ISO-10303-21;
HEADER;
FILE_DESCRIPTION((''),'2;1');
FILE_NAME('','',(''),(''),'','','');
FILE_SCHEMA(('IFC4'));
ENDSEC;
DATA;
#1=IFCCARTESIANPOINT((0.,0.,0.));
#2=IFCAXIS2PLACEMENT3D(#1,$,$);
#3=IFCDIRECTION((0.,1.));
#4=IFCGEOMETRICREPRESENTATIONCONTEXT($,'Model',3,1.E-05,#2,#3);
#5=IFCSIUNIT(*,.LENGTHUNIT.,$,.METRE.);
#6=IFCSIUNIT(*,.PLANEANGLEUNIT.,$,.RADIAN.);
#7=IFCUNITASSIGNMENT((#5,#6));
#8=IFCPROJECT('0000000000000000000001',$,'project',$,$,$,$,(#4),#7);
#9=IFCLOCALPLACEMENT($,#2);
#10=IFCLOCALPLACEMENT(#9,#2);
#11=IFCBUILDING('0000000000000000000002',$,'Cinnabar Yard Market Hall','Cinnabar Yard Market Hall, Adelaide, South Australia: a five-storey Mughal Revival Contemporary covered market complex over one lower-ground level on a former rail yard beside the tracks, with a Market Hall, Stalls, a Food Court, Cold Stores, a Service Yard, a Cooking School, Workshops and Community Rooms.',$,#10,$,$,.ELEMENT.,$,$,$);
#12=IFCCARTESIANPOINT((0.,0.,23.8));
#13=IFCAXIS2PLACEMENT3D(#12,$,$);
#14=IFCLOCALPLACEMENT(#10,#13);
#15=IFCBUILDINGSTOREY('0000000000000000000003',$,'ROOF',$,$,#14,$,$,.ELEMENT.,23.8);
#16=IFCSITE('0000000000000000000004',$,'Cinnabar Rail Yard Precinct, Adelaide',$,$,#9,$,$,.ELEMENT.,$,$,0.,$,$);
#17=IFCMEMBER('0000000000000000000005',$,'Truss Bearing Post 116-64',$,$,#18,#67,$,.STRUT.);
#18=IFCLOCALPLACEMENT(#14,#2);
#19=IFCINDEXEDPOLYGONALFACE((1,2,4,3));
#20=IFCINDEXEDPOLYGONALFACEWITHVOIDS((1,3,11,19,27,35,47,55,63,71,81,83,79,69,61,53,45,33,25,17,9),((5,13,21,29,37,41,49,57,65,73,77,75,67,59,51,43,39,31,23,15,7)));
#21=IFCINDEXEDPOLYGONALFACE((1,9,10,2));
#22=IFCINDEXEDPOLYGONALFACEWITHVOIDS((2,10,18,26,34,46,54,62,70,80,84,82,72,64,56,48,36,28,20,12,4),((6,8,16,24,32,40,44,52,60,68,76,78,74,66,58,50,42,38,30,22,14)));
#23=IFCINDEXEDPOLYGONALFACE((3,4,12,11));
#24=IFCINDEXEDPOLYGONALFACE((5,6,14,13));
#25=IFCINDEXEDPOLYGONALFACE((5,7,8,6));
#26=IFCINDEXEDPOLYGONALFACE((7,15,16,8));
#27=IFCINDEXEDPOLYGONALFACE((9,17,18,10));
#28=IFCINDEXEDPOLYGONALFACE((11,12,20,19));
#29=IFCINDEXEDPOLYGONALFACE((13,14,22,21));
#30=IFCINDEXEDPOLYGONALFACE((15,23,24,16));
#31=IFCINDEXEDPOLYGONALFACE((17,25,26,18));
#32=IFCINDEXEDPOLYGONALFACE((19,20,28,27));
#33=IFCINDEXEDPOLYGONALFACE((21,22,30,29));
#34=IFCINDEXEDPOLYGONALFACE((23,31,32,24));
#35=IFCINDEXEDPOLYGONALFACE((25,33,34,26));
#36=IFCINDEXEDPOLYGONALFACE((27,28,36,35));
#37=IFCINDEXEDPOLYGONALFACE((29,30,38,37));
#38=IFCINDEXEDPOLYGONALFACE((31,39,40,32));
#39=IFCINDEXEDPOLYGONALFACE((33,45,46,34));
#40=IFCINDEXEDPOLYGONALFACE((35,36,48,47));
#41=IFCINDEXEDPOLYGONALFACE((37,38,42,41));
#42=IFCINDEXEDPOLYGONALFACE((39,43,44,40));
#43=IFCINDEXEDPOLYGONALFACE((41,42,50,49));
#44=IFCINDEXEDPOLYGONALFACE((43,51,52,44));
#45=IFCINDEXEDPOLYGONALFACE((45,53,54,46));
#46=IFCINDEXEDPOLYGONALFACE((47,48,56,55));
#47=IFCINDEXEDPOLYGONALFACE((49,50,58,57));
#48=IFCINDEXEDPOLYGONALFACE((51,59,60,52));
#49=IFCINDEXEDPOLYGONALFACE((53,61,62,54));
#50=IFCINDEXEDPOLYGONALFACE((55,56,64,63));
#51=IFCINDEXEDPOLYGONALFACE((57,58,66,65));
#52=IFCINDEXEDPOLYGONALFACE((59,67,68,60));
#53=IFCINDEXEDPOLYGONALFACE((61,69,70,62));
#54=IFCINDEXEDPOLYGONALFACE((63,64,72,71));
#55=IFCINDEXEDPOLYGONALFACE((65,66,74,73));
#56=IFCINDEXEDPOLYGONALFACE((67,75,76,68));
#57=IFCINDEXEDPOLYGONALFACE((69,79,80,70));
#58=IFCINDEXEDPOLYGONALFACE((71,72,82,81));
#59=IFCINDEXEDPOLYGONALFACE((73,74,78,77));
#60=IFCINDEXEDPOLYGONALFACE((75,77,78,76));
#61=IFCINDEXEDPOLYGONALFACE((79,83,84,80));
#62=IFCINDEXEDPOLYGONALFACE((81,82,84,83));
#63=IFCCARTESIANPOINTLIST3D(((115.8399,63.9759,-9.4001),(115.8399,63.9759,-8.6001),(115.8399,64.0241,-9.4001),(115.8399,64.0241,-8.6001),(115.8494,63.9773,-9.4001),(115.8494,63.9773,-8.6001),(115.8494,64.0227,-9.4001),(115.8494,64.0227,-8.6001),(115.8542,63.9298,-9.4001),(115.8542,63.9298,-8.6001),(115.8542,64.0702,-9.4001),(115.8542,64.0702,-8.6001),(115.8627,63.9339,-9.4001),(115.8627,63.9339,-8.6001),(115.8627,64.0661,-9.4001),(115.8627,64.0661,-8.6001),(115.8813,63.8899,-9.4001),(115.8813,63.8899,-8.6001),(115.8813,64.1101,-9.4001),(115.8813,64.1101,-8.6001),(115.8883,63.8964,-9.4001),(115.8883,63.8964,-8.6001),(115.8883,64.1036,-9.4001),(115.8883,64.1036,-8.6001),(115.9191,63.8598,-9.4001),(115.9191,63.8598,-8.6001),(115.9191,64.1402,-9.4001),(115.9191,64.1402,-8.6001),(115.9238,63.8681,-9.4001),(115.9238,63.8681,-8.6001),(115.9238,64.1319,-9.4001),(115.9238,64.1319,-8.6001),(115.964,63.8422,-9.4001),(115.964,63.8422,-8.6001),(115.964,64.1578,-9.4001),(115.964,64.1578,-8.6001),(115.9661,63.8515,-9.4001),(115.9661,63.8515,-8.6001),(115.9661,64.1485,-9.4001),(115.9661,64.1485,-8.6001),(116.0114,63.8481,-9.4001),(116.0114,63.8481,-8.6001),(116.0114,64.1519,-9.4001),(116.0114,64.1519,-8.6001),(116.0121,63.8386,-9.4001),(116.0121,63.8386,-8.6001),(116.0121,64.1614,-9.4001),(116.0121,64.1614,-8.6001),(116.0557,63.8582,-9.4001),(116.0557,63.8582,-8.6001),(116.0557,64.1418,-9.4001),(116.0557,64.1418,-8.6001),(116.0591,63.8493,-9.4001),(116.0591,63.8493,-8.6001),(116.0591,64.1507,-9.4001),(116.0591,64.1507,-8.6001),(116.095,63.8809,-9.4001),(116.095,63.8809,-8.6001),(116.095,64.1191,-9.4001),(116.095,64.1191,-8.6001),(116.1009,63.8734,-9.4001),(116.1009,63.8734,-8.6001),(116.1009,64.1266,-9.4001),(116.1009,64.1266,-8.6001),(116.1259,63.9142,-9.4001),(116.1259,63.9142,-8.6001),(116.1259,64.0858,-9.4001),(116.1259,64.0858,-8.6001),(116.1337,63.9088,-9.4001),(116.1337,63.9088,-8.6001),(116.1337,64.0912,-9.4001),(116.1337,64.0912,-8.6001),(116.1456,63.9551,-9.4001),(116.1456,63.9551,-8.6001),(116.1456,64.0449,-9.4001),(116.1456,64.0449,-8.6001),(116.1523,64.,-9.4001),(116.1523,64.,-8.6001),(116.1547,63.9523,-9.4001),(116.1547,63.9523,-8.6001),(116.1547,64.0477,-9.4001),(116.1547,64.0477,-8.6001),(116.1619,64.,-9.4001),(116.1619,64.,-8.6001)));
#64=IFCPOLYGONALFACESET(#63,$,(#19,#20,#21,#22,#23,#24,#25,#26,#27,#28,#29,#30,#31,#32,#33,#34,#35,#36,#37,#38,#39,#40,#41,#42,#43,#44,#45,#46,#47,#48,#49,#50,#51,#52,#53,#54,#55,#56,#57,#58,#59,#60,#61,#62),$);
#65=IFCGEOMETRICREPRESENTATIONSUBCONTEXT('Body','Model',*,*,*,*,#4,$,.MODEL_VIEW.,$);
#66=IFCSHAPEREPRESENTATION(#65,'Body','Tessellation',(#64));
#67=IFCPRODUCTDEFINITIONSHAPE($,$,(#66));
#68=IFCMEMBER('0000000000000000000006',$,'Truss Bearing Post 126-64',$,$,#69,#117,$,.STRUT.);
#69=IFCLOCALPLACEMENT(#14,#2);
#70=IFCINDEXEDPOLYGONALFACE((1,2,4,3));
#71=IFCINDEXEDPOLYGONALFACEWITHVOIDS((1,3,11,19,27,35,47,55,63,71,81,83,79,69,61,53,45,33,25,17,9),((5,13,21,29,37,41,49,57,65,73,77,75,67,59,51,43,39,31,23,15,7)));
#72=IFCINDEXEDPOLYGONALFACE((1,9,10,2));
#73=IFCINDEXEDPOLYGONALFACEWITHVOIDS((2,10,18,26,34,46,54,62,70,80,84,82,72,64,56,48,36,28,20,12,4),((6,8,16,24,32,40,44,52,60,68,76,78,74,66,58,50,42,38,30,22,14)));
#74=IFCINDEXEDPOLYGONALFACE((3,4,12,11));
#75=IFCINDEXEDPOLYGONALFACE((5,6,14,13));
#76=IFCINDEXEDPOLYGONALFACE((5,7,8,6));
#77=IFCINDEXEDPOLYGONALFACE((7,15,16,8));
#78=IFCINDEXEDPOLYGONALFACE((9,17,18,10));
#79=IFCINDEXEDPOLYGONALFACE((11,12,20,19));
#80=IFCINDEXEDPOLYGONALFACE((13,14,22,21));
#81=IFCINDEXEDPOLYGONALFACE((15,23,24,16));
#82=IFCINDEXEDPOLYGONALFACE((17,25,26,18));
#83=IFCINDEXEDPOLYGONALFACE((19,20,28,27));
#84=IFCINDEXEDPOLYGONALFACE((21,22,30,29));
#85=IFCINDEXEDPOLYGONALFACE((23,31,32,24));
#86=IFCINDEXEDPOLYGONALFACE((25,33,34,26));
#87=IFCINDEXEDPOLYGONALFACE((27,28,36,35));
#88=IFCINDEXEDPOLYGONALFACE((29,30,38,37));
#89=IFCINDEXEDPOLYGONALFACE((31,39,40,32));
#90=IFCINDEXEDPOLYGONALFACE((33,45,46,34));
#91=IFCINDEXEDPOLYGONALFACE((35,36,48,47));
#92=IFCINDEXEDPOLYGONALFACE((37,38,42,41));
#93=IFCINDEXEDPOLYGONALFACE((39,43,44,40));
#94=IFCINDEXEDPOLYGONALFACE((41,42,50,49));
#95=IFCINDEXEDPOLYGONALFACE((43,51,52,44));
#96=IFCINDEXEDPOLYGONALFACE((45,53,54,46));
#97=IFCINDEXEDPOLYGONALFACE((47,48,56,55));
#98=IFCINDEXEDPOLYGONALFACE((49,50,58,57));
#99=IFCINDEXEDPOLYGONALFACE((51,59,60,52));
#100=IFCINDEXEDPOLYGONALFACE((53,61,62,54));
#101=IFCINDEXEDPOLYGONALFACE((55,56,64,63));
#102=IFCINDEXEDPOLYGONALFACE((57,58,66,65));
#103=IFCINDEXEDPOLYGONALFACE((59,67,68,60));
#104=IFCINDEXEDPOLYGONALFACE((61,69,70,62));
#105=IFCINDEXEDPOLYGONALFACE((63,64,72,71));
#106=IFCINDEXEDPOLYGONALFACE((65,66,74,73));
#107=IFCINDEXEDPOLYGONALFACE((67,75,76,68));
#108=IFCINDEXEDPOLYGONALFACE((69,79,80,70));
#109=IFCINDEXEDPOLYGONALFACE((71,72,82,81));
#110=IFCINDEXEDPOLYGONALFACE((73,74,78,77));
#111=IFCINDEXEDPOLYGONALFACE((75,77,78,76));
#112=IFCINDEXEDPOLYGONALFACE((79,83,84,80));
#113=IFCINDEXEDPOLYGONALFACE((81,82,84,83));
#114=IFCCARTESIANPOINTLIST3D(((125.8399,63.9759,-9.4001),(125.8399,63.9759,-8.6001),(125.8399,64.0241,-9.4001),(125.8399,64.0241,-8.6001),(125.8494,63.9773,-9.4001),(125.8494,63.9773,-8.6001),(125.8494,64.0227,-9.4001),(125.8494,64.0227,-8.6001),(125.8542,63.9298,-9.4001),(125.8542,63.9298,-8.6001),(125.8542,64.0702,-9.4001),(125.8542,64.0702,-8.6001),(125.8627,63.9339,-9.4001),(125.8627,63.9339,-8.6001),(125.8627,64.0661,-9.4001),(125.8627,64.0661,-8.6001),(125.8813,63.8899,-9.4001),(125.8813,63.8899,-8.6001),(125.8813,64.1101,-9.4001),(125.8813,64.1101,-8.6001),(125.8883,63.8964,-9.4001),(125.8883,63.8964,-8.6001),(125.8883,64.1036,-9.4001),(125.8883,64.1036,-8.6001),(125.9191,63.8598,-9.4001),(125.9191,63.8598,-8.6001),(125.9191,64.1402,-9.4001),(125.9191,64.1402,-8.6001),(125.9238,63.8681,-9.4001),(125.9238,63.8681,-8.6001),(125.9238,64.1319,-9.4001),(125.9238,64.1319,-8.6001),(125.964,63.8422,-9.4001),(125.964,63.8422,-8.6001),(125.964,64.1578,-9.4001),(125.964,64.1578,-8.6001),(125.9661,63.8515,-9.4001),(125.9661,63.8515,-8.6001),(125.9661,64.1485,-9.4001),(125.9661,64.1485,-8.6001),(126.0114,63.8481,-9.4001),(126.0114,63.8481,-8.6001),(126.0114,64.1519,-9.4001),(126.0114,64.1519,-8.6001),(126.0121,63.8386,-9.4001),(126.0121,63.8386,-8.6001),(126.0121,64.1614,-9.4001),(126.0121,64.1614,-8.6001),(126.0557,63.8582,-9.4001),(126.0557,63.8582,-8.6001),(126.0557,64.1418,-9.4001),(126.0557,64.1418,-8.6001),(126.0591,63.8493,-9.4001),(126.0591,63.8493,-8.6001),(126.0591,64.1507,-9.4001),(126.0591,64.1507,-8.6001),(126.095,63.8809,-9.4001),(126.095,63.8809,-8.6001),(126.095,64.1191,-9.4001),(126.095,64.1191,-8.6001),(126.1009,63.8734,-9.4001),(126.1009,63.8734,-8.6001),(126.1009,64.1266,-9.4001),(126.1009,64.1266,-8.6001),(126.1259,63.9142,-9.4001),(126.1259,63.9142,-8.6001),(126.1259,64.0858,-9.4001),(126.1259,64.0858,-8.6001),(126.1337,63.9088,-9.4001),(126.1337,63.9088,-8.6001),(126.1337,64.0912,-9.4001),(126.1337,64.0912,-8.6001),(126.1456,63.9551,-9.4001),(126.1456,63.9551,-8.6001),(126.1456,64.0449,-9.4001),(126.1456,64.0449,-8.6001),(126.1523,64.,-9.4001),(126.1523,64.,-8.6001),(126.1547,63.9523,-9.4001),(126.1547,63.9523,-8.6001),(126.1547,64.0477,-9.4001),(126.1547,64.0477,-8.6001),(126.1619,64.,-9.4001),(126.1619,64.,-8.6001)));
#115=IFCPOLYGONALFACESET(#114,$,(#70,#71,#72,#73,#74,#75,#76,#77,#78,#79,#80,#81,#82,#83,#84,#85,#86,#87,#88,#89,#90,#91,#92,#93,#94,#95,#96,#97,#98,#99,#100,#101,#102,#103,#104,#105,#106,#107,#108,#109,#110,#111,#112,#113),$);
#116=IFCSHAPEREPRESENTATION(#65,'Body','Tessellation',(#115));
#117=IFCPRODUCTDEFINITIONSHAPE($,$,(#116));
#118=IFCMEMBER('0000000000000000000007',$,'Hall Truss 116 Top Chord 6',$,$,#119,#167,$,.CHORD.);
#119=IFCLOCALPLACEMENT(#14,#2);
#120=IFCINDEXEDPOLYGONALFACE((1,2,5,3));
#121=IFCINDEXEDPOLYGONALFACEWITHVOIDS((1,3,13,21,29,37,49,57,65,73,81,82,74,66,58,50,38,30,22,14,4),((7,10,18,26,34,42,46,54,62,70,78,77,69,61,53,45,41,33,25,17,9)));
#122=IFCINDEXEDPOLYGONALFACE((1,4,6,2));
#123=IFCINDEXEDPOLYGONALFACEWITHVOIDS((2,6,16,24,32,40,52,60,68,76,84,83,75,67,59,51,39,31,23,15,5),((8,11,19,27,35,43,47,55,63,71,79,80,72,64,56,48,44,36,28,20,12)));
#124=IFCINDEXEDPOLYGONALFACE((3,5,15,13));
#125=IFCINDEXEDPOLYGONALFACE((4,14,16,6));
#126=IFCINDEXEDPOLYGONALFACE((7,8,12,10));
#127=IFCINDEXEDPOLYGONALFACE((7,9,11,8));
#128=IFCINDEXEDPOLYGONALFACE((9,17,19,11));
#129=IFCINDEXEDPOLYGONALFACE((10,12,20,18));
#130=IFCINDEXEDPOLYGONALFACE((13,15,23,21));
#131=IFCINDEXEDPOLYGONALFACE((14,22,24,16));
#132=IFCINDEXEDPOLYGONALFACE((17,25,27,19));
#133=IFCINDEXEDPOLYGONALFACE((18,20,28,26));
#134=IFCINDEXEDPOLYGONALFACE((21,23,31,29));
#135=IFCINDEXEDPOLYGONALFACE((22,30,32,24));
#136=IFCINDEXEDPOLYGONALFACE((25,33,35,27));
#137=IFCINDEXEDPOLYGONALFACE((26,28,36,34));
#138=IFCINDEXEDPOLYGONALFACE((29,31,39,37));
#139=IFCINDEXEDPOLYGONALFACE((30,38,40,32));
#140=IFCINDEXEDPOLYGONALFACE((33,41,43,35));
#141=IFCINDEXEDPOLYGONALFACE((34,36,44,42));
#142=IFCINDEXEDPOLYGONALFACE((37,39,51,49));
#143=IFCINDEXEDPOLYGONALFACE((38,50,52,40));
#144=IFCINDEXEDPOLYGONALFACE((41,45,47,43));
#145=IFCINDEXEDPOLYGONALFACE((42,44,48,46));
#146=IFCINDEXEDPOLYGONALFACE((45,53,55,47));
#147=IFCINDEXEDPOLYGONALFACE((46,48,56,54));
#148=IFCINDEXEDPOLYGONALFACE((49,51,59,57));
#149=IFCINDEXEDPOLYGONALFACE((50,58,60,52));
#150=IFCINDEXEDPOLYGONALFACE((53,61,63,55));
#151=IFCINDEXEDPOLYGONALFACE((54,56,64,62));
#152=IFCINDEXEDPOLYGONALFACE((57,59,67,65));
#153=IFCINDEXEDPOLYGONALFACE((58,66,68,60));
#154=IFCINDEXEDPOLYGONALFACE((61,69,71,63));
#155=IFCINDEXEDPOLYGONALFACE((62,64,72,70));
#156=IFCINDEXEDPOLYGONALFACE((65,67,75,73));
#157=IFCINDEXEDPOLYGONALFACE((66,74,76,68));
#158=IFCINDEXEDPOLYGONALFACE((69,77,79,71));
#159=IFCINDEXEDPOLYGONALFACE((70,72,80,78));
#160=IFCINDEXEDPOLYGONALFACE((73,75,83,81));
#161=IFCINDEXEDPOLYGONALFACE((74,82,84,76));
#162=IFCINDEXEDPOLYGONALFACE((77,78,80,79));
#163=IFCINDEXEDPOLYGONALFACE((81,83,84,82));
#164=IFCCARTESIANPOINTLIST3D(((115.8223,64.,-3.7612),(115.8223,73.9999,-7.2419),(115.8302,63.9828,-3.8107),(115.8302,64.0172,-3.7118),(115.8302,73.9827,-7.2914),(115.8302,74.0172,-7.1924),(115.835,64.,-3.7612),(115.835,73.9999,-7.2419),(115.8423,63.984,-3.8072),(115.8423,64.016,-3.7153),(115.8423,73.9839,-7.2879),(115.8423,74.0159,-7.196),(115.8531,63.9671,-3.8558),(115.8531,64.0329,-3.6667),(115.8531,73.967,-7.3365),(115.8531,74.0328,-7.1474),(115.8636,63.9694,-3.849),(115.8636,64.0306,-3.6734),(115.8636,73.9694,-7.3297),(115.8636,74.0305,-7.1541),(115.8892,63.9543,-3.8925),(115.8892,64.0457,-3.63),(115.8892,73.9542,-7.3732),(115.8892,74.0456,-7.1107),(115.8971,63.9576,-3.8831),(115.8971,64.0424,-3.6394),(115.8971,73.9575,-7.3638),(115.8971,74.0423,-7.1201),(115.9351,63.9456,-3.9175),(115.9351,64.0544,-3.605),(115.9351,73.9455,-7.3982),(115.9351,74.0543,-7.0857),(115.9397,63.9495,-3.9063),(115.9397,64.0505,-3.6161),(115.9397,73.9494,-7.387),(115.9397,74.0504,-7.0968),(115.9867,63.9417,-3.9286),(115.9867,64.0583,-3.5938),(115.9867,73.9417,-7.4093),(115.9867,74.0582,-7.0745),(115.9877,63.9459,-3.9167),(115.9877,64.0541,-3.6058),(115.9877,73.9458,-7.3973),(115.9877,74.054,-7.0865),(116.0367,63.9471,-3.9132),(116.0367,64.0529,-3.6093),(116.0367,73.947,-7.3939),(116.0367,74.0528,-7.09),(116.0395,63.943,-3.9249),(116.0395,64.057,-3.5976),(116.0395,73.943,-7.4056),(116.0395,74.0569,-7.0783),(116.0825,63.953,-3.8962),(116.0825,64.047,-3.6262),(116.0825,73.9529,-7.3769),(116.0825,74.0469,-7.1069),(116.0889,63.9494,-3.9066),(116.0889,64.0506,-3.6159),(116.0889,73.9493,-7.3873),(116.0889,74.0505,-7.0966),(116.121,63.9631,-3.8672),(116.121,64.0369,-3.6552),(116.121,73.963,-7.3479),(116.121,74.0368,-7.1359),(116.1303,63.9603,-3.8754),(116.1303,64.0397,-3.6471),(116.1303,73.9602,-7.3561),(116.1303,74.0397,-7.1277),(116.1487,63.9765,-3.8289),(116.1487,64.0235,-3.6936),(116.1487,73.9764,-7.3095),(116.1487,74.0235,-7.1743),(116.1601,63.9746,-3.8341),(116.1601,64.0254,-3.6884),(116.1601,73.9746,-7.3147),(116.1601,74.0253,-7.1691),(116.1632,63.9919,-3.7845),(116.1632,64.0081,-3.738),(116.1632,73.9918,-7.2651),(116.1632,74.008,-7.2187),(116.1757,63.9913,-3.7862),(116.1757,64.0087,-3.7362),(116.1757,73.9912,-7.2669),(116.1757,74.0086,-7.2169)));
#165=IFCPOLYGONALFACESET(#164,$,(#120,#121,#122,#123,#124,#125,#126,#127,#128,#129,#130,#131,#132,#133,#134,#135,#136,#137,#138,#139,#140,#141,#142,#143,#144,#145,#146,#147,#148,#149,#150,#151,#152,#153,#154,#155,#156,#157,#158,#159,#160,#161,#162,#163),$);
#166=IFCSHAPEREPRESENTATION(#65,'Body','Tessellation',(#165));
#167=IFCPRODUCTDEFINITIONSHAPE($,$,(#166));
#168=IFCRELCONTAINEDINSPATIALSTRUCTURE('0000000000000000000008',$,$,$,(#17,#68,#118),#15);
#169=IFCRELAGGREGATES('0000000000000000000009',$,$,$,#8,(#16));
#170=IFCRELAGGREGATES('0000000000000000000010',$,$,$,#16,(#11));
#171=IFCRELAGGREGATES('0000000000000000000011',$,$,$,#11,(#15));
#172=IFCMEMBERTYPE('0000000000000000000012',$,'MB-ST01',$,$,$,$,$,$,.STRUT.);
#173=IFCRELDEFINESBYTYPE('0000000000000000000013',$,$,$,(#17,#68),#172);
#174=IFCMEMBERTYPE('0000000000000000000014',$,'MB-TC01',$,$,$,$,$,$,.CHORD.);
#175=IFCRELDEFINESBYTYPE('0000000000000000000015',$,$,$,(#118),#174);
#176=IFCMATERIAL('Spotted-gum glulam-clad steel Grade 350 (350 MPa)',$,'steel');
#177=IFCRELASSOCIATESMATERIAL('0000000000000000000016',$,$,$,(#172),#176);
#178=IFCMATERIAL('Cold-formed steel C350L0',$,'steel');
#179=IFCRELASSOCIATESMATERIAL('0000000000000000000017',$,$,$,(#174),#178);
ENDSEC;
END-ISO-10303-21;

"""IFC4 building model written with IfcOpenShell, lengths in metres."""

from ifc_helpers import new_model, si_unit, direction, frame, origin, origin_2d_with_axis, place, context, subcontext, project, spatial, hollow_circle, extrude, material, material_profile, profile_set, type_object, element, save


model = new_model("IFC4")

# Units and contexts
model_context = context("Model", 3, precision=1e-05, world=origin(), true_north=direction((0.0, 1.0)))
body_context = subcontext(model_context, "Body", "Model", "MODEL_VIEW")
ifc_project = project(units=[si_unit("LENGTHUNIT", "METRE"), si_unit("PLANEANGLEUNIT", "RADIAN")], contexts=[model_context])

# Site, building, storey
site_placement = place(None, origin())
site = spatial("IfcSite", under=ifc_project, at=site_placement, Name="Cinnabar Rail Yard Precinct, Adelaide", CompositionType="ELEMENT", RefElevation=0.0)
building_placement = place(site_placement, origin())
building = spatial("IfcBuilding", under=site, at=building_placement, Name="Cinnabar Yard Market Hall", Description="Cinnabar Yard Market Hall, Adelaide, South Australia: a five-storey Mughal Revival Contemporary covered market complex over one lower-ground level on a former rail yard beside the tracks, with a Market Hall, Stalls, a Food Court, Cold Stores, a Service Yard, a Cooking School, Workshops and Community Rooms.", CompositionType="ELEMENT")
storey_placement = place(building_placement, frame((0.0, 0.0, 23.8)))
storey = spatial("IfcBuildingStorey", under=building, at=storey_placement, Name="ROOF", CompositionType="ELEMENT", Elevation=23.8)

# Members
ifc_material_1 = material(Name="Cold-formed steel C350L0", Category="steel")
ifc_material_2 = material(Name="Spotted-gum glulam-clad steel Grade 350 (350 MPa)", Category="steel")
ifc_material_profile_1 = material_profile(ifc_material_2, hollow_circle(Radius=0.1619, WallThickness=0.0095, at=origin_2d_with_axis()), Name="323.9x9.5CHS")
ifc_profile_set_1 = profile_set([ifc_material_profile_1], Name="Spotted-gum glulam-clad steel Grade 350 (350 MPa)")
member_type_1 = type_object("IfcMemberType", Name="MB-ST01", PredefinedType="STRUT", material=ifc_profile_set_1)
for number, where, z_axis, x_axis, name in (
    (1, (116.0, 64.0, -9.4001), (0.0, 0.0, 1.0), (1.0, 0.0, 0.0), "Truss Bearing Post 116-64"),
    (2, (126.0, 64.0, -9.4001), (0.0, 0.0, 1.0), (1.0, 0.0, 0.0), "Truss Bearing Post 126-64"),
):
    element("IfcMember", number, at=place(storey_placement, frame(where, z_axis=z_axis, x_axis=x_axis)), inside=storey, type_object=member_type_1, Name=name, PredefinedType="STRUT", context=body_context, shape_type="SweptSolid", body=[
        extrude(hollow_circle(Radius=0.1619, WallThickness=0.0095, at=origin_2d_with_axis()), origin(), (0.0, 0.0, 1.0), 0.8),
    ])
ifc_material_profile_2 = material_profile(ifc_material_1, hollow_circle(Radius=0.1777, WallThickness=0.0127, at=origin_2d_with_axis()), Name="355.6x12.7CHS")
ifc_profile_set_2 = profile_set([ifc_material_profile_2], Name="Cold-formed steel C350L0")
member_type_2 = type_object("IfcMemberType", Name="MB-TC01", PredefinedType="CHORD", material=ifc_profile_set_2)
for number, where, z_axis, x_axis, name in (
    (3, (116.0, 64.0, -3.7612), (0.0, 0.944425, -0.328727), (-1.0, 0.0, 0.0), "Hall Truss 116 Top Chord 6"),
):
    element("IfcMember", number, at=place(storey_placement, frame(where, z_axis=z_axis, x_axis=x_axis)), inside=storey, type_object=member_type_2, Name=name, PredefinedType="CHORD", context=body_context, shape_type="SweptSolid", body=[
        extrude(hollow_circle(Radius=0.1777, WallThickness=0.0127, at=origin_2d_with_axis()), origin(), (0.0, 0.0, 1.0), 10.5884),
    ])

save(model, "model.ifc")
